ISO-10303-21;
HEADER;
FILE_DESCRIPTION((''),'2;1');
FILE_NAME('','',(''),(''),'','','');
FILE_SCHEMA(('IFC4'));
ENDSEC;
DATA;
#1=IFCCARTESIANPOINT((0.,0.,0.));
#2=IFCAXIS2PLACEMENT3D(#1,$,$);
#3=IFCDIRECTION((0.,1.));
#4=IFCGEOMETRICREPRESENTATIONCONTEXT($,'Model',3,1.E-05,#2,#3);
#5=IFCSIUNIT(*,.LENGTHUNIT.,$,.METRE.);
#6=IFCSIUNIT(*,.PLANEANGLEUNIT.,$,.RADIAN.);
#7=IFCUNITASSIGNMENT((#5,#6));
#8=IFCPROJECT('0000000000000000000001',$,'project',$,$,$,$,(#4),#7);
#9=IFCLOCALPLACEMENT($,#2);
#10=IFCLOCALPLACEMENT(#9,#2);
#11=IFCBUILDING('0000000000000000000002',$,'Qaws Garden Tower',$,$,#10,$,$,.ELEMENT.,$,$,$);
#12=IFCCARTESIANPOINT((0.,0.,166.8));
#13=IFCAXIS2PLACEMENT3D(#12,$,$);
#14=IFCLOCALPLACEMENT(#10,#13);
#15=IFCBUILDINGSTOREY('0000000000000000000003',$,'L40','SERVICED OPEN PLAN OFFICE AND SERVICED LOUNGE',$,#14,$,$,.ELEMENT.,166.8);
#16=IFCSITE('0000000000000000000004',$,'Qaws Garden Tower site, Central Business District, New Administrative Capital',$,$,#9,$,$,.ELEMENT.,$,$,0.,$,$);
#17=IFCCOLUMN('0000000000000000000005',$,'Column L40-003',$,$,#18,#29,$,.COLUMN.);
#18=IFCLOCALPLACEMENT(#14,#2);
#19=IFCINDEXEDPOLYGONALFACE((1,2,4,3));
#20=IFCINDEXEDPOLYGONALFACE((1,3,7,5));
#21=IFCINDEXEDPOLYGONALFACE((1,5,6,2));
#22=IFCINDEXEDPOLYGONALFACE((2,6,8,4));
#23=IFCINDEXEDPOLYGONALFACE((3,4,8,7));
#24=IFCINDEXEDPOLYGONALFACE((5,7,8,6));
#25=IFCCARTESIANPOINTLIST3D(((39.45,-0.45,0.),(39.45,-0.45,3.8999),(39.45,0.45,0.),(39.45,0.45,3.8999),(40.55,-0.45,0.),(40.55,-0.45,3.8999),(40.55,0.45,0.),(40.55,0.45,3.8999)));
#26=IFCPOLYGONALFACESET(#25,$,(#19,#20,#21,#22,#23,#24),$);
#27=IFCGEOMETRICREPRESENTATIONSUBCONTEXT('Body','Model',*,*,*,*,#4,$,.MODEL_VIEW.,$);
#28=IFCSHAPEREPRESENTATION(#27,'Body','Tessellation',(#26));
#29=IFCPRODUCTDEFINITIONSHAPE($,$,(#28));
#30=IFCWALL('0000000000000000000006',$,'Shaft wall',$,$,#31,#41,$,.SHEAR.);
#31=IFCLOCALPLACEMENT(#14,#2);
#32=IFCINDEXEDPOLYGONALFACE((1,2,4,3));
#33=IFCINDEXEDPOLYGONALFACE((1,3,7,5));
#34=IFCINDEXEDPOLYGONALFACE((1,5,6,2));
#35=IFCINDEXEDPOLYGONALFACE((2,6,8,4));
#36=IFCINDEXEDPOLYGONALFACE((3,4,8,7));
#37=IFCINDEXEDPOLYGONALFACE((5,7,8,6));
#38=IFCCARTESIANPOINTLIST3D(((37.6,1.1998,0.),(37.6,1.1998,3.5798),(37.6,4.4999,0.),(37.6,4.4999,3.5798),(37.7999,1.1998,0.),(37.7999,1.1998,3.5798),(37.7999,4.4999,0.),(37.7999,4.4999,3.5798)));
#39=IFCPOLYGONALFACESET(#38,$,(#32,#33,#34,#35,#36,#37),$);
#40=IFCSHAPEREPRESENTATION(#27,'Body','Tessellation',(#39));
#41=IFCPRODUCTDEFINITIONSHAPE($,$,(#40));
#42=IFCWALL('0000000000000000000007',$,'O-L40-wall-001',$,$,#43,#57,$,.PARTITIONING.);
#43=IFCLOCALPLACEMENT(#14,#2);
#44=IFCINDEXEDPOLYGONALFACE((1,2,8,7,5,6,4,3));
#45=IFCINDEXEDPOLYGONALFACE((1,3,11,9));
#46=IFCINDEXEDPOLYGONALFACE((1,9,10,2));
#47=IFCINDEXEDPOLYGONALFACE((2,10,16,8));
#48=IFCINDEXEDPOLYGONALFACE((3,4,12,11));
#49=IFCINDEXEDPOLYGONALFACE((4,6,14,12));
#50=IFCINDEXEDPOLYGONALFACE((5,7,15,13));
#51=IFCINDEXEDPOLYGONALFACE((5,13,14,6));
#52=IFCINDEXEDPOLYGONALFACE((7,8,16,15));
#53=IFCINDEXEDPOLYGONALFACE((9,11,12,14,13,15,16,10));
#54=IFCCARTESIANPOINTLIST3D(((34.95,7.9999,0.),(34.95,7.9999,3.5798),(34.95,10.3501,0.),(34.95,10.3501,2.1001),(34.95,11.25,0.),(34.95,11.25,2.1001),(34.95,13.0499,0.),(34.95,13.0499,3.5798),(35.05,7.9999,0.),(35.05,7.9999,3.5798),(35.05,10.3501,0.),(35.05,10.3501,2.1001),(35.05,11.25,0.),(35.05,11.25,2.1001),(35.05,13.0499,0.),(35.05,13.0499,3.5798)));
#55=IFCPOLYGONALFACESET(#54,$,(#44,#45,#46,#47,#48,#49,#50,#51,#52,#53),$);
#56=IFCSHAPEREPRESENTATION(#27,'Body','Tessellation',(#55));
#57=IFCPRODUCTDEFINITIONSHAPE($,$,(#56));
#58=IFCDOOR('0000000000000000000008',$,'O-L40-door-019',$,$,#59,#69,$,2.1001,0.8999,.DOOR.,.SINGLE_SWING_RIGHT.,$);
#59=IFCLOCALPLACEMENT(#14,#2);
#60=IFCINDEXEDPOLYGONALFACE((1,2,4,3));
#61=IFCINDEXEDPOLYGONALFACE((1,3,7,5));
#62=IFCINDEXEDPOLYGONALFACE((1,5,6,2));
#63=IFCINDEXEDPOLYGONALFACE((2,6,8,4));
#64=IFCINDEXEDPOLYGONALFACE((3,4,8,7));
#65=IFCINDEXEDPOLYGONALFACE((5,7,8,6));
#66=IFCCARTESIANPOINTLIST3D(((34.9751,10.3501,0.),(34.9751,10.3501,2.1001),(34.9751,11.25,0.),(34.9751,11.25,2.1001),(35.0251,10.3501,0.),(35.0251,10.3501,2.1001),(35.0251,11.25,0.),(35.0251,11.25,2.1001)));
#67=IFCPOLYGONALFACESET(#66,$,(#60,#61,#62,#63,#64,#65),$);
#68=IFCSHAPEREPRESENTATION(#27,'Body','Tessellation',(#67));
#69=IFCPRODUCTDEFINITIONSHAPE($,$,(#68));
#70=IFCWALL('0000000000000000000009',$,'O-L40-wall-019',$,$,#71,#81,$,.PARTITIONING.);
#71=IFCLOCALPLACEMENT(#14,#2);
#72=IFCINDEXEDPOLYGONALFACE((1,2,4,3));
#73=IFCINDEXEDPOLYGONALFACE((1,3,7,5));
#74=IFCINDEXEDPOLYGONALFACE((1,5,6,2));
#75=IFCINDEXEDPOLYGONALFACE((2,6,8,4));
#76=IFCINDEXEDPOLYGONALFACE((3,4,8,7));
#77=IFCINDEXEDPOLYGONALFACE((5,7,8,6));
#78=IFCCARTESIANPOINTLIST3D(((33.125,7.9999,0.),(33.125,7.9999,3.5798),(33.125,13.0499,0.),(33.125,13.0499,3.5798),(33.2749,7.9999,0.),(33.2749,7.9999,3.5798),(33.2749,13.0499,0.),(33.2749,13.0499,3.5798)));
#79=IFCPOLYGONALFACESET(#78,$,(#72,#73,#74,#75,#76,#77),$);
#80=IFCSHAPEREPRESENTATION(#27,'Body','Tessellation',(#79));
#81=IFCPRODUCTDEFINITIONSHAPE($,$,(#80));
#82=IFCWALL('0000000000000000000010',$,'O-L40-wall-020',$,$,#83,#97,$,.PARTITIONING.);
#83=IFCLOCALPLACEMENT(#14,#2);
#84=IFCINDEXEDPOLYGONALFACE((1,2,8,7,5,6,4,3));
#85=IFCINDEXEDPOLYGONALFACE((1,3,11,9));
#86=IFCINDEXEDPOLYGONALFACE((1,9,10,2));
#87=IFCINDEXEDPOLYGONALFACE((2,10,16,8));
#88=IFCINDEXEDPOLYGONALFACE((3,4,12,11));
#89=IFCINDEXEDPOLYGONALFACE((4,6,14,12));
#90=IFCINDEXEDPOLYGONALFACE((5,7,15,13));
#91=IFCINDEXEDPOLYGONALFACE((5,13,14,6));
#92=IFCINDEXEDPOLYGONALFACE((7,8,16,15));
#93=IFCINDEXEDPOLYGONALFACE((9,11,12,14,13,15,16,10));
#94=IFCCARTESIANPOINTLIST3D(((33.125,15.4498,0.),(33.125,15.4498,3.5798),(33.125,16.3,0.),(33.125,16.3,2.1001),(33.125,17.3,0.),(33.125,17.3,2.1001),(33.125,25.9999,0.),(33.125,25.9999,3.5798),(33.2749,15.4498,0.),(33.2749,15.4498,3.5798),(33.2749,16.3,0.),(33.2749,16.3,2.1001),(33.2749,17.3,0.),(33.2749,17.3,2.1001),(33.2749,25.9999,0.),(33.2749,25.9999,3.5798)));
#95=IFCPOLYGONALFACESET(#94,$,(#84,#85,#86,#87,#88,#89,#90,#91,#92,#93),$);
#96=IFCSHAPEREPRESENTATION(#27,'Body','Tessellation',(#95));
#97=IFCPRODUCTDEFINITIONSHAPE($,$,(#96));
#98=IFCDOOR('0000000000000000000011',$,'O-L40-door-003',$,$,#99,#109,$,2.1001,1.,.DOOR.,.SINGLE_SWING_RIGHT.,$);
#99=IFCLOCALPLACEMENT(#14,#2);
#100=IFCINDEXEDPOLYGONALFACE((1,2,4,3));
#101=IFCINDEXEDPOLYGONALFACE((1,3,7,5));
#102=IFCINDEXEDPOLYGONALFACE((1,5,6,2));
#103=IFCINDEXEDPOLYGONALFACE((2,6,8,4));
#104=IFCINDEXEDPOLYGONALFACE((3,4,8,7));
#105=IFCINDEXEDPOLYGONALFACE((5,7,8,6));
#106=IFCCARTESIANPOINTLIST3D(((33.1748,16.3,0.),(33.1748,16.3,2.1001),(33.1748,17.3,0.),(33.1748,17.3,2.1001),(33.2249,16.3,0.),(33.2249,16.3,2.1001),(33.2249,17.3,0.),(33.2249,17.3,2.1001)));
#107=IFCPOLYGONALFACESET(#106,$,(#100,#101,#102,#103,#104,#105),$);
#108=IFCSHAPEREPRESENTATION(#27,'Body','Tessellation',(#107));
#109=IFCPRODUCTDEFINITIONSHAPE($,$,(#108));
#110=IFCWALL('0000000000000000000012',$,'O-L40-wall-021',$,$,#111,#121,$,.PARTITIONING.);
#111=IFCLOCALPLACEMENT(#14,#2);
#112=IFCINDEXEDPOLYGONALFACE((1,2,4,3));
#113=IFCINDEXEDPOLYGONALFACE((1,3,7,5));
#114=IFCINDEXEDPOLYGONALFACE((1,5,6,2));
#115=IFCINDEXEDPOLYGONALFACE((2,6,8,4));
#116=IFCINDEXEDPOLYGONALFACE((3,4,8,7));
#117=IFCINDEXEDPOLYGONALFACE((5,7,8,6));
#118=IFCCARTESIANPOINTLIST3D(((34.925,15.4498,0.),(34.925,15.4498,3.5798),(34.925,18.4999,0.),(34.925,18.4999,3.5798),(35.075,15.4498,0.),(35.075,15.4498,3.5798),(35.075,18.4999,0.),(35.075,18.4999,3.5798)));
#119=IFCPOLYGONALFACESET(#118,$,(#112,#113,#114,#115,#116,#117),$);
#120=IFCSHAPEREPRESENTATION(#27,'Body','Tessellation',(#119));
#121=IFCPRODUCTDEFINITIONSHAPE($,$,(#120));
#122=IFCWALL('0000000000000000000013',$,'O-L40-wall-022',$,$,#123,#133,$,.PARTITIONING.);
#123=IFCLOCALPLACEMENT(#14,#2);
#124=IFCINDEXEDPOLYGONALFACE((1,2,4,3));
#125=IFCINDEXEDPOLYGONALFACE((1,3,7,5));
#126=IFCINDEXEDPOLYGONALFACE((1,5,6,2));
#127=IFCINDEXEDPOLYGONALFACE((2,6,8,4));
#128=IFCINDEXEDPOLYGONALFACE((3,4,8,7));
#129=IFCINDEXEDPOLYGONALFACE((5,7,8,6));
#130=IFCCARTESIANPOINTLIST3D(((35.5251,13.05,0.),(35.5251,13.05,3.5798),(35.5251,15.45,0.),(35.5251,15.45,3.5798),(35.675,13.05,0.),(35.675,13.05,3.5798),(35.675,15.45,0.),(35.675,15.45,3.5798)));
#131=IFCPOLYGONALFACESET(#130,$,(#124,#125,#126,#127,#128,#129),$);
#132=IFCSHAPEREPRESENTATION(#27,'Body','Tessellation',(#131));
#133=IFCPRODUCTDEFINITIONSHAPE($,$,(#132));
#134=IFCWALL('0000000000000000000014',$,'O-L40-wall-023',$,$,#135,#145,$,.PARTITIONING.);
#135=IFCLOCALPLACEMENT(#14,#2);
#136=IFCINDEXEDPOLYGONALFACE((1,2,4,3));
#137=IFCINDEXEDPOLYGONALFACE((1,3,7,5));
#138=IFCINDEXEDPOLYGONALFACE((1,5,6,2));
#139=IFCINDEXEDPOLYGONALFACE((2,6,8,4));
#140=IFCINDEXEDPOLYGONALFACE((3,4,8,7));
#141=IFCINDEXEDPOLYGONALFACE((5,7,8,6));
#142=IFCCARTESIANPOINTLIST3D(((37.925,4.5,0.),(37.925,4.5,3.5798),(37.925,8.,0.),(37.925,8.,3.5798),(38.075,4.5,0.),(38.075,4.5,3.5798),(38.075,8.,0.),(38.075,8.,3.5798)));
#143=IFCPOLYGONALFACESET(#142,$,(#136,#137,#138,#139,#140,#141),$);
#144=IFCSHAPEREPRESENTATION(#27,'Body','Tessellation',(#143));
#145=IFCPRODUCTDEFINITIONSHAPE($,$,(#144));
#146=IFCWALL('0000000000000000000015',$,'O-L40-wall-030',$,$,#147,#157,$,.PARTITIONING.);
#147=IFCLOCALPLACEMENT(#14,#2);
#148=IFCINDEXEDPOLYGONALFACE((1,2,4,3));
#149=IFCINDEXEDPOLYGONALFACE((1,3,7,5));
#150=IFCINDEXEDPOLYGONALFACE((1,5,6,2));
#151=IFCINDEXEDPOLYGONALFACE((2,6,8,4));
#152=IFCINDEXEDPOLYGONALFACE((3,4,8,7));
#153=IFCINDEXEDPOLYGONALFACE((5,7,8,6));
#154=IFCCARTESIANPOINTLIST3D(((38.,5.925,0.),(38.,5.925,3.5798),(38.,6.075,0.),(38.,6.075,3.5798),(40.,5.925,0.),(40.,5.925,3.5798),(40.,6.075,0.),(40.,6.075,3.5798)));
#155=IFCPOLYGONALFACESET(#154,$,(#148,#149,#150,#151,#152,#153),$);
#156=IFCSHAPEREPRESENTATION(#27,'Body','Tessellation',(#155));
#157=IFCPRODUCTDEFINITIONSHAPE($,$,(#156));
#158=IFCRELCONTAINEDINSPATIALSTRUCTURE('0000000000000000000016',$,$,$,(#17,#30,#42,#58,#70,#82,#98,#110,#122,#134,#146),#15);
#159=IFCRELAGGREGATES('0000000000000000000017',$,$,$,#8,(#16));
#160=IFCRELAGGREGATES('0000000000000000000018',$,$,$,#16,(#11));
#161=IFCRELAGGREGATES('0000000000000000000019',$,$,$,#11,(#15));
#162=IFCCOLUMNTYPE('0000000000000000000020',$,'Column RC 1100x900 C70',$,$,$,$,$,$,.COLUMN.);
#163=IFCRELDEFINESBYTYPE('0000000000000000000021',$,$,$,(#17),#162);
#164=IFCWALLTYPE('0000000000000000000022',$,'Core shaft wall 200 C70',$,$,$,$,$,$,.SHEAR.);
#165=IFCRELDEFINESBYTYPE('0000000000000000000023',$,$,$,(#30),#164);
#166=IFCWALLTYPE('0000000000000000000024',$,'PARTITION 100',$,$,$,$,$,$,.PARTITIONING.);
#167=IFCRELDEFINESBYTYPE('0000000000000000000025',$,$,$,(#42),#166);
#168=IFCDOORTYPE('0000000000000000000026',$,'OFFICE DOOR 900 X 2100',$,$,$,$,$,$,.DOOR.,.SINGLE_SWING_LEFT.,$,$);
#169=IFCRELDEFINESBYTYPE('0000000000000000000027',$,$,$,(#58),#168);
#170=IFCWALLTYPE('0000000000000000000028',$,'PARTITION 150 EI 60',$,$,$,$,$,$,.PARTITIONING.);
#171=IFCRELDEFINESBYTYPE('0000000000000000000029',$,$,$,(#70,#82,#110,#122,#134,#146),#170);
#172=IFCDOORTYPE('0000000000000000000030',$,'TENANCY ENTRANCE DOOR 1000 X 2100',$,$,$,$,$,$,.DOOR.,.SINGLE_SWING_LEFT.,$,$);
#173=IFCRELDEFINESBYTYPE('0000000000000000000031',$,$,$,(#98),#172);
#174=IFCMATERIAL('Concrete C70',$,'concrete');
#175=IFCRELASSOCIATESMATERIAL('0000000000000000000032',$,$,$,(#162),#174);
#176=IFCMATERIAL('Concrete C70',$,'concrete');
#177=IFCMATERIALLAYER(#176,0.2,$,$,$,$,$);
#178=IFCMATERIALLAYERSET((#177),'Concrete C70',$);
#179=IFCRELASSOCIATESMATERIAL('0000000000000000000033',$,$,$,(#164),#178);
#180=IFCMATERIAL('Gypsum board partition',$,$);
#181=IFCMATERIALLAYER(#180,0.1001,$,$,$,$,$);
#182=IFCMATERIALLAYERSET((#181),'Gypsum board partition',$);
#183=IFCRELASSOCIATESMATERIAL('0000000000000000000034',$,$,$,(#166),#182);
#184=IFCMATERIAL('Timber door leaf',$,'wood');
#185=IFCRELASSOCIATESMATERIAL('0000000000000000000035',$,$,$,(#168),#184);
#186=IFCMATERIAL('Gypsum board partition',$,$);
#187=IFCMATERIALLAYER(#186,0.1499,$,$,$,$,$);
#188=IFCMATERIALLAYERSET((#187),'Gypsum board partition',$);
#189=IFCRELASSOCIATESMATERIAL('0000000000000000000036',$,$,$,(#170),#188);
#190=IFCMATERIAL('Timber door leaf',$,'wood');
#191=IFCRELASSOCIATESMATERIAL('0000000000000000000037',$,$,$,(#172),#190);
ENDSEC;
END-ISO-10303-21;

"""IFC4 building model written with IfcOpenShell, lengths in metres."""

from ifc_helpers import new_model, si_unit, direction, frame, frame_2d, origin, origin_2d, place, context, subcontext, project, spatial, rectangle, extrude, material, layer, layer_set, material_profile, profile_set, type_object, element, fill, save


model = new_model("IFC4")

# Units and contexts
model_context = context("Model", 3, precision=1e-05, world=origin(), true_north=direction((0.0, 1.0)))
body_context = subcontext(model_context, "Body", "Model", "MODEL_VIEW")
ifc_project = project(units=[si_unit("LENGTHUNIT", "METRE"), si_unit("PLANEANGLEUNIT", "RADIAN")], contexts=[model_context])

# Site, building, storey
site_placement = place(None, origin())
site = spatial("IfcSite", under=ifc_project, at=site_placement, Name="Qaws Garden Tower site, Central Business District, New Administrative Capital", CompositionType="ELEMENT", RefElevation=0.0)
building_placement = place(site_placement, origin())
building = spatial("IfcBuilding", under=site, at=building_placement, Name="Qaws Garden Tower", CompositionType="ELEMENT")
storey_placement = place(building_placement, frame((0.0, 0.0, 166.8)))
storey = spatial("IfcBuildingStorey", under=building, at=storey_placement, Name="L40", Description="SERVICED OPEN PLAN OFFICE AND SERVICED LOUNGE", CompositionType="ELEMENT", Elevation=166.8)

# Column
ifc_material_1 = material(Name="Concrete C70", Category="concrete")
ifc_material_profile = material_profile(ifc_material_1, rectangle(XDim=1.1001, YDim=0.8999, at=origin_2d()), Name="RC 1100x900")
ifc_profile_set = profile_set([ifc_material_profile], Name="Concrete C70")
column_type = type_object("IfcColumnType", Name="Column RC 1100x900 C70", PredefinedType="COLUMN", material=ifc_profile_set)
column_placement = place(storey_placement, frame((40.0, 0.0, 0.0), z_axis=(0.0, 0.0, 1.0), x_axis=(1.0, 0.0, 0.0)))
element("IfcColumn", 1, at=column_placement, inside=storey, type_object=column_type, Name="Column L40-003", PredefinedType="COLUMN", context=body_context, shape_type="SweptSolid", body=[
    extrude(rectangle(XDim=1.1001, YDim=0.8999, at=origin_2d()), origin(), (0.0, 0.0, 1.0), 3.8999),
])

# Wall
ifc_material_2 = material(Name="Concrete C70", Category="concrete")
ifc_layer_1 = layer(ifc_material_2, 0.2)
ifc_layer_set_1 = layer_set([ifc_layer_1], Name="Concrete C70")
wall_type_1 = type_object("IfcWallType", Name="Core shaft wall 200 C70", PredefinedType="SHEAR", material=ifc_layer_set_1)
wall_1_placement = place(storey_placement, frame((37.7, 1.2, 0.0), z_axis=(0.0, 0.0, 1.0), x_axis=(0.0, 1.0, 0.0)))
element("IfcWall", 2, at=wall_1_placement, inside=storey, type_object=wall_type_1, Name="Shaft wall", PredefinedType="SHEAR", context=body_context, shape_type="SweptSolid", body=[
    extrude(rectangle(XDim=3.3, YDim=0.2, at=frame_2d((1.6499, 0.0))), origin(), (0.0, 0.0, 1.0), 3.5798),
])

# Wall, opening, door
ifc_material_3 = material(Name="Gypsum board partition")
ifc_layer_2 = layer(ifc_material_3, 0.1001)
ifc_layer_set_2 = layer_set([ifc_layer_2], Name="Gypsum board partition")
wall_type_2 = type_object("IfcWallType", Name="PARTITION 100", PredefinedType="PARTITIONING", material=ifc_layer_set_2)
wall_2_placement = place(storey_placement, frame((35.0, 8.0, 0.0), z_axis=(0.0, 0.0, 1.0), x_axis=(0.0, 1.0, 0.0)))
wall_2 = element("IfcWall", 3, at=wall_2_placement, inside=storey, type_object=wall_type_2, Name="O-L40-wall-001", PredefinedType="PARTITIONING", context=body_context, shape_type="SweptSolid", body=[
    extrude(rectangle(XDim=5.05, YDim=0.1001, at=frame_2d((2.5249, 0.0))), origin(), (0.0, 0.0, 1.0), 3.5798),
])
opening_1_placement = place(wall_2_placement, frame((2.3501, 0.0, 0.0)))
opening_1 = element("IfcOpeningElement", 4, at=opening_1_placement, cuts=wall_2, PredefinedType="OPENING", context=body_context, shape_type="SweptSolid", body=[
    extrude(rectangle(XDim=0.8999, YDim=2.1001, at=frame_2d((0.45, 1.05))), frame((0.0, 0.0601, 0.0), z_axis=(0.0, -1.0, 0.0), x_axis=(1.0, 0.0, 0.0)), (0.0, 0.0, 1.0), 0.1201),
])
ifc_material_4 = material(Name="Timber door leaf", Category="wood")
door_type_1 = type_object("IfcDoorType", Name="OFFICE DOOR 900 X 2100", OperationType="SINGLE_SWING_LEFT", PredefinedType="DOOR", material=ifc_material_4)
door_1_placement = place(opening_1_placement, origin())
door_1 = element("IfcDoor", 5, at=door_1_placement, inside=storey, type_object=door_type_1, Name="O-L40-door-019", OperationType="SINGLE_SWING_RIGHT", OverallHeight=2.1001, OverallWidth=0.8999, PredefinedType="DOOR", context=body_context, shape_type="SweptSolid", body=[
    extrude(rectangle(XDim=0.8999, YDim=2.1001, at=frame_2d((0.45, 1.05))), frame((0.0, 0.0249, 0.0), z_axis=(0.0, -1.0, 0.0), x_axis=(1.0, 0.0, 0.0)), (0.0, 0.0, 1.0), 0.05),
])
fill(opening_1, door_1)

# Wall
ifc_material_5 = material(Name="Gypsum board partition")
ifc_layer_3 = layer(ifc_material_5, 0.1499)
ifc_layer_set_3 = layer_set([ifc_layer_3], Name="Gypsum board partition")
wall_type_3 = type_object("IfcWallType", Name="PARTITION 150 EI 60", PredefinedType="PARTITIONING", material=ifc_layer_set_3)
wall_3_placement = place(storey_placement, frame((33.2, 8.0, 0.0), z_axis=(0.0, 0.0, 1.0), x_axis=(0.0, 1.0, 0.0)))
element("IfcWall", 6, at=wall_3_placement, inside=storey, type_object=wall_type_3, Name="O-L40-wall-019", PredefinedType="PARTITIONING", context=body_context, shape_type="SweptSolid", body=[
    extrude(rectangle(XDim=5.05, YDim=0.1499, at=frame_2d((2.5249, 0.0))), origin(), (0.0, 0.0, 1.0), 3.5798),
])

# Wall, opening, door
wall_4_placement = place(storey_placement, frame((33.2, 15.45, 0.0), z_axis=(0.0, 0.0, 1.0), x_axis=(0.0, 1.0, 0.0)))
wall_4 = element("IfcWall", 7, at=wall_4_placement, inside=storey, type_object=wall_type_3, Name="O-L40-wall-020", PredefinedType="PARTITIONING", context=body_context, shape_type="SweptSolid", body=[
    extrude(rectangle(XDim=10.55, YDim=0.1499, at=frame_2d((5.2749, 0.0))), origin(), (0.0, 0.0, 1.0), 3.5798),
])
opening_2_placement = place(wall_4_placement, frame((0.8501, 0.0, 0.0)))
opening_2 = element("IfcOpeningElement", 8, at=opening_2_placement, cuts=wall_4, PredefinedType="OPENING", context=body_context, shape_type="SweptSolid", body=[
    extrude(rectangle(XDim=1.0, YDim=2.1001, at=frame_2d((0.5, 1.05))), frame((0.0, 0.085, 0.0), z_axis=(0.0, -1.0, 0.0), x_axis=(1.0, 0.0, 0.0)), (0.0, 0.0, 1.0), 0.1699),
])
ifc_material_6 = material(Name="Timber door leaf", Category="wood")
door_type_2 = type_object("IfcDoorType", Name="TENANCY ENTRANCE DOOR 1000 X 2100", OperationType="SINGLE_SWING_LEFT", PredefinedType="DOOR", material=ifc_material_6)
door_2_placement = place(opening_2_placement, frame((1.0, 0.0, 0.0), z_axis=(0.0, 0.0, 1.0), x_axis=(-1.0, 0.0, 0.0)))
door_2 = element("IfcDoor", 9, at=door_2_placement, inside=storey, type_object=door_type_2, Name="O-L40-door-003", OperationType="SINGLE_SWING_RIGHT", OverallHeight=2.1001, OverallWidth=1.0, PredefinedType="DOOR", context=body_context, shape_type="SweptSolid", body=[
    extrude(rectangle(XDim=1.0, YDim=2.1001, at=frame_2d((0.5, 1.05))), frame((0.0, 0.0249, 0.0), z_axis=(0.0, -1.0, 0.0), x_axis=(1.0, 0.0, 0.0)), (0.0, 0.0, 1.0), 0.05),
])
fill(opening_2, door_2)

# Walls
wall_5_placement = place(storey_placement, frame((35.0, 15.45, 0.0), z_axis=(0.0, 0.0, 1.0), x_axis=(0.0, 1.0, 0.0)))
element("IfcWall", 10, at=wall_5_placement, inside=storey, type_object=wall_type_3, Name="O-L40-wall-021", PredefinedType="PARTITIONING", context=body_context, shape_type="SweptSolid", body=[
    extrude(rectangle(XDim=3.05, YDim=0.1499, at=frame_2d((1.5249, 0.0))), origin(), (0.0, 0.0, 1.0), 3.5798),
])
wall_6_placement = place(storey_placement, frame((35.6001, 13.05, 0.0), z_axis=(0.0, 0.0, 1.0), x_axis=(0.0, 1.0, 0.0)))
element("IfcWall", 11, at=wall_6_placement, inside=storey, type_object=wall_type_3, Name="O-L40-wall-022", PredefinedType="PARTITIONING", context=body_context, shape_type="SweptSolid", body=[
    extrude(rectangle(XDim=2.3999, YDim=0.1499, at=frame_2d((1.2, 0.0))), origin(), (0.0, 0.0, 1.0), 3.5798),
])
wall_7_placement = place(storey_placement, frame((38.0, 4.5, 0.0), z_axis=(0.0, 0.0, 1.0), x_axis=(0.0, 1.0, 0.0)))
element("IfcWall", 12, at=wall_7_placement, inside=storey, type_object=wall_type_3, Name="O-L40-wall-023", PredefinedType="PARTITIONING", context=body_context, shape_type="SweptSolid", body=[
    extrude(rectangle(XDim=3.5, YDim=0.1499, at=frame_2d((1.75, 0.0))), origin(), (0.0, 0.0, 1.0), 3.5798),
])
wall_8_placement = place(storey_placement, frame((38.0, 6.0, 0.0), z_axis=(0.0, 0.0, 1.0), x_axis=(1.0, 0.0, 0.0)))
element("IfcWall", 13, at=wall_8_placement, inside=storey, type_object=wall_type_3, Name="O-L40-wall-030", PredefinedType="PARTITIONING", context=body_context, shape_type="SweptSolid", body=[
    extrude(rectangle(XDim=2.0, YDim=0.1499, at=frame_2d((1.0, 0.0))), origin(), (0.0, 0.0, 1.0), 3.5798),
])

save(model, "model.ifc")
